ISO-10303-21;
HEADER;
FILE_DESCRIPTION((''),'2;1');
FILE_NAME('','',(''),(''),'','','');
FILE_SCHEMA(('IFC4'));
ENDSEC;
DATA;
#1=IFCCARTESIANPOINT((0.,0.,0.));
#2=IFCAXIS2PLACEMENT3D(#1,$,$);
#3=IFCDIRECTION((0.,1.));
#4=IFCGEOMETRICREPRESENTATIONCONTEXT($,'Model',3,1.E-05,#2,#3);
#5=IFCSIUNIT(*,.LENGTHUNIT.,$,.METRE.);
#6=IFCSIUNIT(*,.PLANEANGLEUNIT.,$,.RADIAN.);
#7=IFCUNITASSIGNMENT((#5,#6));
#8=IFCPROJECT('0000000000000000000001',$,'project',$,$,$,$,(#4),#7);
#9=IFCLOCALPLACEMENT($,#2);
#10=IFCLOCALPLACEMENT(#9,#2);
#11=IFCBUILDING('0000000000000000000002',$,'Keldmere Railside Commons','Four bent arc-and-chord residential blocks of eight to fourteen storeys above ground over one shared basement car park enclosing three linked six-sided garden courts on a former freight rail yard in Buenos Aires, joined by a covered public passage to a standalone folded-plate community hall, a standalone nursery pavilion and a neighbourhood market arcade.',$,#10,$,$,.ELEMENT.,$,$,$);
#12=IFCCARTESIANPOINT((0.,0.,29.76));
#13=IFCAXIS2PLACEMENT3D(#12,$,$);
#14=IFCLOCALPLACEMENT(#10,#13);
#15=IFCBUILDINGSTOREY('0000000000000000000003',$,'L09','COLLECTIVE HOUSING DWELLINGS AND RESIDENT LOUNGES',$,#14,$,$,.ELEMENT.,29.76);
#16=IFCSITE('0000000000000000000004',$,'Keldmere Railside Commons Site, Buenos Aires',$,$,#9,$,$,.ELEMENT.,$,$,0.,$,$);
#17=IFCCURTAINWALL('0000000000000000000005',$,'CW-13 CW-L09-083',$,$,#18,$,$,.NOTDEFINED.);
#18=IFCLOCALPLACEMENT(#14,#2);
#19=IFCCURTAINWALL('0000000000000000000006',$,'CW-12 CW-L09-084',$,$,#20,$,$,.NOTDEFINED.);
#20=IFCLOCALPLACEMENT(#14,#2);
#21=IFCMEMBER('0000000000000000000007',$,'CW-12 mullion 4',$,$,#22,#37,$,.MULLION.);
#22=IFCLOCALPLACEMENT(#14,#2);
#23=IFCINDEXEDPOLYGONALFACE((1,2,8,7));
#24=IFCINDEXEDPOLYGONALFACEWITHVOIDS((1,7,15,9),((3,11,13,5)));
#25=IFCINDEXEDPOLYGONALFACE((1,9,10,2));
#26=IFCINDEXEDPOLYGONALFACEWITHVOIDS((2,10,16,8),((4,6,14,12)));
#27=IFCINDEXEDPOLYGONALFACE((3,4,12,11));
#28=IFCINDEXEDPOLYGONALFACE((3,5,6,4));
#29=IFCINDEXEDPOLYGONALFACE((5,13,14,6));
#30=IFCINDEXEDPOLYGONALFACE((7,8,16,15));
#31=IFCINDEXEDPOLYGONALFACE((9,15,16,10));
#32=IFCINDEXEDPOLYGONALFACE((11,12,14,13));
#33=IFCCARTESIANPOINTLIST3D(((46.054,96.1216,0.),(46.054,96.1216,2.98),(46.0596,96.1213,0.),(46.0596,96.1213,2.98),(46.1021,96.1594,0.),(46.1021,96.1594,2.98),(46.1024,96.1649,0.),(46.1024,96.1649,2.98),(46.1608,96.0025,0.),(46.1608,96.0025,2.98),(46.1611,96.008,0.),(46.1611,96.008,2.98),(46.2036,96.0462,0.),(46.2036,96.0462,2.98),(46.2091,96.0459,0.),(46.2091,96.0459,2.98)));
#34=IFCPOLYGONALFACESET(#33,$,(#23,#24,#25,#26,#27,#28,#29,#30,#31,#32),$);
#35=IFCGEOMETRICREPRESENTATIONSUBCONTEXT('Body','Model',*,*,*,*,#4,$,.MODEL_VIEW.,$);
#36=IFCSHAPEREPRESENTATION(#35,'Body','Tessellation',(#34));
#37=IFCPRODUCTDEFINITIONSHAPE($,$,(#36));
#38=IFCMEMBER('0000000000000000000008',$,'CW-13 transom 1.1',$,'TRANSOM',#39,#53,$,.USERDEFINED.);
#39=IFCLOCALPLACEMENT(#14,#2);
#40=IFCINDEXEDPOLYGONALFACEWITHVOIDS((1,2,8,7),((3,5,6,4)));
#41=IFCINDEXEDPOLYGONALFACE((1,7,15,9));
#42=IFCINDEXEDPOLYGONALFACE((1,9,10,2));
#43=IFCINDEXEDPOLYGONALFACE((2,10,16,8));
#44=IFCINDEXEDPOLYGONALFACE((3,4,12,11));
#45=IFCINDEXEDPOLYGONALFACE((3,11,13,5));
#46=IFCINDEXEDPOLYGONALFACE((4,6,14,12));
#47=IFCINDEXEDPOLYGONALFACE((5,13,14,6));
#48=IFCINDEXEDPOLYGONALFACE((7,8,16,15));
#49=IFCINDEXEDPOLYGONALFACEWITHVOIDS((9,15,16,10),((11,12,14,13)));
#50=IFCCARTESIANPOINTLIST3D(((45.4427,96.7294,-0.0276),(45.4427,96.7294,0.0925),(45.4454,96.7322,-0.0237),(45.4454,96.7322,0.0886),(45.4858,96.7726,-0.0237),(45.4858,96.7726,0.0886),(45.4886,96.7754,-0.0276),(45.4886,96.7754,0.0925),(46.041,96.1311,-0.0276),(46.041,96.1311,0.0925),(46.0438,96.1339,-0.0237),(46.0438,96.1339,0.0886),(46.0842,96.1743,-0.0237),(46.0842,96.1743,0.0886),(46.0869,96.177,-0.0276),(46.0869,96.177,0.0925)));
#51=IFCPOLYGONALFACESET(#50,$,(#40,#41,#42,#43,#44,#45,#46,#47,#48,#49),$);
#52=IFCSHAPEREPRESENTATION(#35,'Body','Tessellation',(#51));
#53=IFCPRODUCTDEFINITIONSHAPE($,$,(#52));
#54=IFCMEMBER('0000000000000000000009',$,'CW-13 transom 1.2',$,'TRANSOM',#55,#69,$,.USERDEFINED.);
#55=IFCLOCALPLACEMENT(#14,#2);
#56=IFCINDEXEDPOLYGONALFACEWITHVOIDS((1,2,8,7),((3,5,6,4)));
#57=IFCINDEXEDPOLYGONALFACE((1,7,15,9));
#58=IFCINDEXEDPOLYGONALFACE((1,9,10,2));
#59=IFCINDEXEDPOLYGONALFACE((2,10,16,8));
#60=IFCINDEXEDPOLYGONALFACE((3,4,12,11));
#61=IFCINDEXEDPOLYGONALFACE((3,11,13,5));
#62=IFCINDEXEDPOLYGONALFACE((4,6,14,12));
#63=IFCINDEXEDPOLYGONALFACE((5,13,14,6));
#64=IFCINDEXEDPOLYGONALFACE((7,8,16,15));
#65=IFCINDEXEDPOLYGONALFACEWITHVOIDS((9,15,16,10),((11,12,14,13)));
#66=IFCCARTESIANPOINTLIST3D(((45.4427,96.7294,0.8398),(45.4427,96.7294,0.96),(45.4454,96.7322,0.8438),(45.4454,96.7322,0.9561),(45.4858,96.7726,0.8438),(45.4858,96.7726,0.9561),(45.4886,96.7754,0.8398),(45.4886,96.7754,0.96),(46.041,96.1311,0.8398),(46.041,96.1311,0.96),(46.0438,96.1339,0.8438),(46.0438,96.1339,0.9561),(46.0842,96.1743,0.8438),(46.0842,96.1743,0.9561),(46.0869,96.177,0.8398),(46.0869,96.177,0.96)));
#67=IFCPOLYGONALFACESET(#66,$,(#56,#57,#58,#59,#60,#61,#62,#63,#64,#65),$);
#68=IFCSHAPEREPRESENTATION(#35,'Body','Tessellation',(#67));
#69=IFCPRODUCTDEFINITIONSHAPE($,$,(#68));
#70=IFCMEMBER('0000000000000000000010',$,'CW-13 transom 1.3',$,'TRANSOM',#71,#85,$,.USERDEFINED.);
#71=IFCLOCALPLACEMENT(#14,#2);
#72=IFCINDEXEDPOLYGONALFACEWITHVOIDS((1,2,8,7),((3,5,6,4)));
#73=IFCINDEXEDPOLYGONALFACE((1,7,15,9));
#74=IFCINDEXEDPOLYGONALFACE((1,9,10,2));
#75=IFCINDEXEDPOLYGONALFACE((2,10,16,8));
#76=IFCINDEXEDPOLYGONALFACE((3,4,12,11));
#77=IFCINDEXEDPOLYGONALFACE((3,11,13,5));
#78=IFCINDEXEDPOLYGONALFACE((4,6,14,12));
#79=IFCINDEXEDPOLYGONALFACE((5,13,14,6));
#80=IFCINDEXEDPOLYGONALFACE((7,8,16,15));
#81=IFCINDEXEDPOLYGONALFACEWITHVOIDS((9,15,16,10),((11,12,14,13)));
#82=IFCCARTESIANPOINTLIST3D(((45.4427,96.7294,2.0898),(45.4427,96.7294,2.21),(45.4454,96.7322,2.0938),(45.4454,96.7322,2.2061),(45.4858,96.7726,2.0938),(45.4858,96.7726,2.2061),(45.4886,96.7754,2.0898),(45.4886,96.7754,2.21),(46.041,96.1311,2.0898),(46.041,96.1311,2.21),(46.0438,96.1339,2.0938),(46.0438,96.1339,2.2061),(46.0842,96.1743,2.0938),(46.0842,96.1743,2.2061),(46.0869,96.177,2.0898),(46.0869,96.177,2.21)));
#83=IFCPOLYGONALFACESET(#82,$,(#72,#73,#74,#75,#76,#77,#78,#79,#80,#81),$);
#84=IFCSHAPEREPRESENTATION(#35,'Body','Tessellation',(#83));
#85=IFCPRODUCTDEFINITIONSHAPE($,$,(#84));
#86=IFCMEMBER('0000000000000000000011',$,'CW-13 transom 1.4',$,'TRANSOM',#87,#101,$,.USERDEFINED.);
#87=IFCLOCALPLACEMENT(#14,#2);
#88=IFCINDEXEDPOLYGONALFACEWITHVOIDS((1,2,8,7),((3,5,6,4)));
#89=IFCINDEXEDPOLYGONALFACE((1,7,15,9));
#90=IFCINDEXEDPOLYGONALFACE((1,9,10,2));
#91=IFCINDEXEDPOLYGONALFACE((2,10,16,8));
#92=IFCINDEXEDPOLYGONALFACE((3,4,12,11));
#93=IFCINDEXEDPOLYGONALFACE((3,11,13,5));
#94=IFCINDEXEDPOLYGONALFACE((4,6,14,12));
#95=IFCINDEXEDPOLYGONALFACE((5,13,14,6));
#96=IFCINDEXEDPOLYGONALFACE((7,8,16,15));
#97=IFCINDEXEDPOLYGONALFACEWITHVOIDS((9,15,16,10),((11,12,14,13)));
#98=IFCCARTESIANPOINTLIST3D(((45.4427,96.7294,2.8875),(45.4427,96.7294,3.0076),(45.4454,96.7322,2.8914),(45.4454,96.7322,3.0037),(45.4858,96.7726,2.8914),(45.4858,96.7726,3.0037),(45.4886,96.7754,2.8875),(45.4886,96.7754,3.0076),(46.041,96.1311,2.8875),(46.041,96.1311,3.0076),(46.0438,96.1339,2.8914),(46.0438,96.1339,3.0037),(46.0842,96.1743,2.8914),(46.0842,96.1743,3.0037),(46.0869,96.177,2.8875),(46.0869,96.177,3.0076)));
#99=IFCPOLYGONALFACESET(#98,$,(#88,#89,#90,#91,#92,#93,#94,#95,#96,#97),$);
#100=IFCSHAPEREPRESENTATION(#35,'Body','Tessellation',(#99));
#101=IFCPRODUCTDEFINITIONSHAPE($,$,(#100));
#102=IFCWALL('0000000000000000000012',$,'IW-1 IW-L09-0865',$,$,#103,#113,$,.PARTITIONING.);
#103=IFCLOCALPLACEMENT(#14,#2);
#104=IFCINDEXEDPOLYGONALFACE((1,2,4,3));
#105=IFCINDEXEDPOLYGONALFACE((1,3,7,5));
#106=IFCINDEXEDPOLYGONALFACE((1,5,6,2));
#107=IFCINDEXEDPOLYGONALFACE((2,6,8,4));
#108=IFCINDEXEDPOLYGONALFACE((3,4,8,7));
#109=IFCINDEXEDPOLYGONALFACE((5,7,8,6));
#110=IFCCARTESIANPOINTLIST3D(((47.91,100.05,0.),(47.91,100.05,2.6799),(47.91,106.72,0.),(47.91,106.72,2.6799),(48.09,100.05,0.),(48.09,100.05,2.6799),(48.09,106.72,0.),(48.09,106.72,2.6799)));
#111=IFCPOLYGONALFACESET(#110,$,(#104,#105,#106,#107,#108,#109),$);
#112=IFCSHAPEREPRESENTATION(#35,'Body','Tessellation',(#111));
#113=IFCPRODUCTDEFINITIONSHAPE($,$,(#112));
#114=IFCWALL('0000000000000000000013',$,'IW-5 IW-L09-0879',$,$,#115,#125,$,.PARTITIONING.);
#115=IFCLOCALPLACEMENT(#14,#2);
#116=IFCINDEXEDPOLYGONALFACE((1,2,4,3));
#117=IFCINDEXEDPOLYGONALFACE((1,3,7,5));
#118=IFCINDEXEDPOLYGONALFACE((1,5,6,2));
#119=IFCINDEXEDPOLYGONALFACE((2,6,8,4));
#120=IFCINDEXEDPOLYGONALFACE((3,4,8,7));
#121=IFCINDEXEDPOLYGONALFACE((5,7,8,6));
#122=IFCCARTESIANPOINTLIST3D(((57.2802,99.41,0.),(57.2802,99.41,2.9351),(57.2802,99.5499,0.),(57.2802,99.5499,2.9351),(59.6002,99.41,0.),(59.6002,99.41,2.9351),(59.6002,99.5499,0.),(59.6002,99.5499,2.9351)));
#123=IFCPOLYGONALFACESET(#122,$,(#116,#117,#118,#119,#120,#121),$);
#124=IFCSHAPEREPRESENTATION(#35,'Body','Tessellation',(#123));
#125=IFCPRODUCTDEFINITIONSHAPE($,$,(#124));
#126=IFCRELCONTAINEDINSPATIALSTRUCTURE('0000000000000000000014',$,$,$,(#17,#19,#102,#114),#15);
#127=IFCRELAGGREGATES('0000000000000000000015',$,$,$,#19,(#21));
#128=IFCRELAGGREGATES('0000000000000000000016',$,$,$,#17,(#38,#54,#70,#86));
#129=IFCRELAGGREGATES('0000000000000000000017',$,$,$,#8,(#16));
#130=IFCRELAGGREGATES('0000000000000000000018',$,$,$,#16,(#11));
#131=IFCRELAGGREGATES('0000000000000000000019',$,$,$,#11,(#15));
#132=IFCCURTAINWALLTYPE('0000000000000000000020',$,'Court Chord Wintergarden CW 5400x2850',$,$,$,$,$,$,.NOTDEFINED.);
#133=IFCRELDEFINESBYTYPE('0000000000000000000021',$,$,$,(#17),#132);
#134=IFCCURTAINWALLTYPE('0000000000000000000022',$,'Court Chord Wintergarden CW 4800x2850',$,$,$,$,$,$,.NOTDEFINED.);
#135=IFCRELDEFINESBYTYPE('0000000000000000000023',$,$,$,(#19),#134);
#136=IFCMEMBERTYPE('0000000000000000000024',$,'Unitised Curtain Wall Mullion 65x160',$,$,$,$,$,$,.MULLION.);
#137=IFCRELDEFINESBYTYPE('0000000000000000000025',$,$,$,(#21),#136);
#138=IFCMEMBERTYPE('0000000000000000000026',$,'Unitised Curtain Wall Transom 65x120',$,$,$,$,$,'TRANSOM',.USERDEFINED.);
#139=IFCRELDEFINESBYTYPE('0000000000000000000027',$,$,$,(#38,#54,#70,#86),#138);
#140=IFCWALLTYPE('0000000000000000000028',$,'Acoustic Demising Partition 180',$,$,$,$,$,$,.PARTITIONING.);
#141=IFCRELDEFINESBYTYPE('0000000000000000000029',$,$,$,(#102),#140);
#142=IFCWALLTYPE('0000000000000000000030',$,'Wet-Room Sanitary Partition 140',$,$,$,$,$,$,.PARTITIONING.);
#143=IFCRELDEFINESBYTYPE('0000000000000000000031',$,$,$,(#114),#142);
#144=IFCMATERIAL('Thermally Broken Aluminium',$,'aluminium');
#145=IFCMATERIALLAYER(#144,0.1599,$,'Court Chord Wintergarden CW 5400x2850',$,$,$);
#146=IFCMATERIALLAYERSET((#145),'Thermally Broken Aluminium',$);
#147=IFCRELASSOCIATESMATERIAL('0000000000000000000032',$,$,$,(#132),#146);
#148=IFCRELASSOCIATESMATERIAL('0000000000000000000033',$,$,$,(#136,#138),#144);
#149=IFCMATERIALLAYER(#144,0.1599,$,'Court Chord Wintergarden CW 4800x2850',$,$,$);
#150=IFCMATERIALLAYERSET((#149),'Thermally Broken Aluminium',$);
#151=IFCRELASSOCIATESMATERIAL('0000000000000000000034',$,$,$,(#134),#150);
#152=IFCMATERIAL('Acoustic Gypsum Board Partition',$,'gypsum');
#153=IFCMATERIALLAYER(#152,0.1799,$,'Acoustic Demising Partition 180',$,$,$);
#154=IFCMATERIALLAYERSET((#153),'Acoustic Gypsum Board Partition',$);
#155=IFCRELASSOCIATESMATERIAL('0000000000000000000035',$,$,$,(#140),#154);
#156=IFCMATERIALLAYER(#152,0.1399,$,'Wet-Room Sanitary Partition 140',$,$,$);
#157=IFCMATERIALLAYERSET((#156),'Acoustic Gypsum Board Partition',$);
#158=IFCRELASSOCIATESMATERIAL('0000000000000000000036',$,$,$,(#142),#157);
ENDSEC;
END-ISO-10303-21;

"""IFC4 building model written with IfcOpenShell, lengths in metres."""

from ifc_helpers import new_model, si_unit, direction, frame, frame_2d, origin, origin_2d, place, context, subcontext, project, spatial, rectangle, hollow_rectangle, extrude, material, layer, layer_set, material_profile, profile_set, type_object, element, aggregate, save


model = new_model("IFC4")

# Units and contexts
model_context = context("Model", 3, precision=1e-05, world=origin(), true_north=direction((0.0, 1.0)))
body_context = subcontext(model_context, "Body", "Model", "MODEL_VIEW")
ifc_project = project(units=[si_unit("LENGTHUNIT", "METRE"), si_unit("PLANEANGLEUNIT", "RADIAN")], contexts=[model_context])

# Site, building, storey
site_placement = place(None, origin())
site = spatial("IfcSite", under=ifc_project, at=site_placement, Name="Keldmere Railside Commons Site, Buenos Aires", CompositionType="ELEMENT", RefElevation=0.0)
building_placement = place(site_placement, origin())
building = spatial("IfcBuilding", under=site, at=building_placement, Name="Keldmere Railside Commons", Description="Four bent arc-and-chord residential blocks of eight to fourteen storeys above ground over one shared basement car park enclosing three linked six-sided garden courts on a former freight rail yard in Buenos Aires, joined by a covered public passage to a standalone folded-plate community hall, a standalone nursery pavilion and a neighbourhood market arcade.", CompositionType="ELEMENT")
storey_placement = place(building_placement, frame((0.0, 0.0, 29.76)))
storey = spatial("IfcBuildingStorey", under=building, at=storey_placement, Name="L09", Description="COLLECTIVE HOUSING DWELLINGS AND RESIDENT LOUNGES", CompositionType="ELEMENT", Elevation=29.76)

# Curtain walls, member
ifc_material_1 = material(Name="Thermally Broken Aluminium", Category="aluminium")
ifc_layer_1 = layer(ifc_material_1, 0.1599, Name="Court Chord Wintergarden CW 5400x2850")
ifc_layer_set_1 = layer_set([ifc_layer_1], Name="Thermally Broken Aluminium")
curtain_wall_type_1 = type_object("IfcCurtainWallType", Name="Court Chord Wintergarden CW 5400x2850", PredefinedType="NOTDEFINED", material=ifc_layer_set_1)
curtain_wall_1_placement = place(storey_placement, origin())
curtain_wall_1 = element("IfcCurtainWall", 1, at=curtain_wall_1_placement, inside=storey, type_object=curtain_wall_type_1, Name="CW-13 CW-L09-083", PredefinedType="NOTDEFINED")
ifc_material_profile_1 = material_profile(ifc_material_1, hollow_rectangle(XDim=0.0649, YDim=0.1599, WallThickness=0.0039, at=origin_2d()), Name="ALU-MULL-65x160")
ifc_profile_set_1 = profile_set([ifc_material_profile_1], Name="Thermally Broken Aluminium")
member_type_1 = type_object("IfcMemberType", Name="Unitised Curtain Wall Mullion 65x160", PredefinedType="MULLION", material=ifc_profile_set_1)
ifc_layer_2 = layer(ifc_material_1, 0.1599, Name="Court Chord Wintergarden CW 4800x2850")
ifc_layer_set_2 = layer_set([ifc_layer_2], Name="Thermally Broken Aluminium")
curtain_wall_type_2 = type_object("IfcCurtainWallType", Name="Court Chord Wintergarden CW 4800x2850", PredefinedType="NOTDEFINED", material=ifc_layer_set_2)
curtain_wall_2_placement = place(storey_placement, origin())
curtain_wall_2 = element("IfcCurtainWall", 2, at=curtain_wall_2_placement, inside=storey, type_object=curtain_wall_type_2, Name="CW-12 CW-L09-084", PredefinedType="NOTDEFINED")
member_1_placement = place(storey_placement, frame((46.1316, 96.0837, 0.0), z_axis=(0.0, 0.0, 1.0), x_axis=(-0.744557, -0.667559, 0.0)))
member_1 = element("IfcMember", 3, at=member_1_placement, type_object=member_type_1, Name="CW-12 mullion 4", PredefinedType="MULLION", context=body_context, shape_type="SweptSolid", body=[
    extrude(hollow_rectangle(XDim=0.0649, YDim=0.1599, WallThickness=0.0039, at=origin_2d()), origin(), (0.0, 0.0, 1.0), 2.98),
])
aggregate(curtain_wall_2, [member_1])

# Members
ifc_material_profile_2 = material_profile(ifc_material_1, hollow_rectangle(XDim=0.0649, YDim=0.1201, WallThickness=0.0039, at=origin_2d()), Name="ALU-TRAN-65x120")
ifc_profile_set_2 = profile_set([ifc_material_profile_2], Name="Thermally Broken Aluminium")
member_type_2 = type_object("IfcMemberType", Name="Unitised Curtain Wall Transom 65x120", ElementType="TRANSOM", PredefinedType="USERDEFINED", material=ifc_profile_set_2)
member_2_placement = place(storey_placement, frame((46.064, 96.1541, 0.0325), z_axis=(-0.707107, 0.707107, 0.0), x_axis=(-0.707107, -0.707107, 0.0)))
member_2 = element("IfcMember", 4, at=member_2_placement, type_object=member_type_2, Name="CW-13 transom 1.1", ObjectType="TRANSOM", PredefinedType="USERDEFINED", context=body_context, shape_type="SweptSolid", body=[
    extrude(hollow_rectangle(XDim=0.0649, YDim=0.1201, WallThickness=0.0039, at=origin_2d()), origin(), (0.0, 0.0, 1.0), 0.8462),
])
member_3_placement = place(storey_placement, frame((46.064, 96.1541, 0.8999), z_axis=(-0.707107, 0.707107, 0.0), x_axis=(-0.707107, -0.707107, 0.0)))
member_3 = element("IfcMember", 5, at=member_3_placement, type_object=member_type_2, Name="CW-13 transom 1.2", ObjectType="TRANSOM", PredefinedType="USERDEFINED", context=body_context, shape_type="SweptSolid", body=[
    extrude(hollow_rectangle(XDim=0.0649, YDim=0.1201, WallThickness=0.0039, at=origin_2d()), origin(), (0.0, 0.0, 1.0), 0.8462),
])
member_4_placement = place(storey_placement, frame((46.064, 96.1541, 2.1499), z_axis=(-0.707107, 0.707107, 0.0), x_axis=(-0.707107, -0.707107, 0.0)))
member_4 = element("IfcMember", 6, at=member_4_placement, type_object=member_type_2, Name="CW-13 transom 1.3", ObjectType="TRANSOM", PredefinedType="USERDEFINED", context=body_context, shape_type="SweptSolid", body=[
    extrude(hollow_rectangle(XDim=0.0649, YDim=0.1201, WallThickness=0.0039, at=origin_2d()), origin(), (0.0, 0.0, 1.0), 0.8462),
])
member_5_placement = place(storey_placement, frame((46.064, 96.1541, 2.9475), z_axis=(-0.707107, 0.707107, 0.0), x_axis=(-0.707107, -0.707107, 0.0)))
member_5 = element("IfcMember", 7, at=member_5_placement, type_object=member_type_2, Name="CW-13 transom 1.4", ObjectType="TRANSOM", PredefinedType="USERDEFINED", context=body_context, shape_type="SweptSolid", body=[
    extrude(hollow_rectangle(XDim=0.0649, YDim=0.1201, WallThickness=0.0039, at=origin_2d()), origin(), (0.0, 0.0, 1.0), 0.8462),
])
aggregate(curtain_wall_1, [member_2, member_3, member_4, member_5])

# Walls
ifc_material_2 = material(Name="Acoustic Gypsum Board Partition", Category="gypsum")
ifc_layer_3 = layer(ifc_material_2, 0.1799, Name="Acoustic Demising Partition 180")
ifc_layer_set_3 = layer_set([ifc_layer_3], Name="Acoustic Gypsum Board Partition")
wall_type_1 = type_object("IfcWallType", Name="Acoustic Demising Partition 180", PredefinedType="PARTITIONING", material=ifc_layer_set_3)
wall_1_placement = place(storey_placement, frame((48.0, 100.05, 0.0), z_axis=(0.0, 0.0, 1.0), x_axis=(0.0, 1.0, 0.0)))
element("IfcWall", 8, at=wall_1_placement, inside=storey, type_object=wall_type_1, Name="IW-1 IW-L09-0865", PredefinedType="PARTITIONING", context=body_context, shape_type="SweptSolid", body=[
    extrude(rectangle(XDim=6.6699, YDim=0.1799, at=frame_2d((3.335, 0.0))), origin(), (0.0, 0.0, 1.0), 2.6799),
])
ifc_layer_4 = layer(ifc_material_2, 0.1399, Name="Wet-Room Sanitary Partition 140")
ifc_layer_set_4 = layer_set([ifc_layer_4], Name="Acoustic Gypsum Board Partition")
wall_type_2 = type_object("IfcWallType", Name="Wet-Room Sanitary Partition 140", PredefinedType="PARTITIONING", material=ifc_layer_set_4)
wall_2_placement = place(storey_placement, frame((57.28, 99.48, 0.0), z_axis=(0.0, 0.0, 1.0), x_axis=(1.0, 0.0, 0.0)))
element("IfcWall", 9, at=wall_2_placement, inside=storey, type_object=wall_type_2, Name="IW-5 IW-L09-0879", PredefinedType="PARTITIONING", context=body_context, shape_type="SweptSolid", body=[
    extrude(rectangle(XDim=2.3201, YDim=0.1399, at=frame_2d((1.1602, 0.0))), origin(), (0.0, 0.0, 1.0), 2.9351),
])

save(model, "model.ifc")
